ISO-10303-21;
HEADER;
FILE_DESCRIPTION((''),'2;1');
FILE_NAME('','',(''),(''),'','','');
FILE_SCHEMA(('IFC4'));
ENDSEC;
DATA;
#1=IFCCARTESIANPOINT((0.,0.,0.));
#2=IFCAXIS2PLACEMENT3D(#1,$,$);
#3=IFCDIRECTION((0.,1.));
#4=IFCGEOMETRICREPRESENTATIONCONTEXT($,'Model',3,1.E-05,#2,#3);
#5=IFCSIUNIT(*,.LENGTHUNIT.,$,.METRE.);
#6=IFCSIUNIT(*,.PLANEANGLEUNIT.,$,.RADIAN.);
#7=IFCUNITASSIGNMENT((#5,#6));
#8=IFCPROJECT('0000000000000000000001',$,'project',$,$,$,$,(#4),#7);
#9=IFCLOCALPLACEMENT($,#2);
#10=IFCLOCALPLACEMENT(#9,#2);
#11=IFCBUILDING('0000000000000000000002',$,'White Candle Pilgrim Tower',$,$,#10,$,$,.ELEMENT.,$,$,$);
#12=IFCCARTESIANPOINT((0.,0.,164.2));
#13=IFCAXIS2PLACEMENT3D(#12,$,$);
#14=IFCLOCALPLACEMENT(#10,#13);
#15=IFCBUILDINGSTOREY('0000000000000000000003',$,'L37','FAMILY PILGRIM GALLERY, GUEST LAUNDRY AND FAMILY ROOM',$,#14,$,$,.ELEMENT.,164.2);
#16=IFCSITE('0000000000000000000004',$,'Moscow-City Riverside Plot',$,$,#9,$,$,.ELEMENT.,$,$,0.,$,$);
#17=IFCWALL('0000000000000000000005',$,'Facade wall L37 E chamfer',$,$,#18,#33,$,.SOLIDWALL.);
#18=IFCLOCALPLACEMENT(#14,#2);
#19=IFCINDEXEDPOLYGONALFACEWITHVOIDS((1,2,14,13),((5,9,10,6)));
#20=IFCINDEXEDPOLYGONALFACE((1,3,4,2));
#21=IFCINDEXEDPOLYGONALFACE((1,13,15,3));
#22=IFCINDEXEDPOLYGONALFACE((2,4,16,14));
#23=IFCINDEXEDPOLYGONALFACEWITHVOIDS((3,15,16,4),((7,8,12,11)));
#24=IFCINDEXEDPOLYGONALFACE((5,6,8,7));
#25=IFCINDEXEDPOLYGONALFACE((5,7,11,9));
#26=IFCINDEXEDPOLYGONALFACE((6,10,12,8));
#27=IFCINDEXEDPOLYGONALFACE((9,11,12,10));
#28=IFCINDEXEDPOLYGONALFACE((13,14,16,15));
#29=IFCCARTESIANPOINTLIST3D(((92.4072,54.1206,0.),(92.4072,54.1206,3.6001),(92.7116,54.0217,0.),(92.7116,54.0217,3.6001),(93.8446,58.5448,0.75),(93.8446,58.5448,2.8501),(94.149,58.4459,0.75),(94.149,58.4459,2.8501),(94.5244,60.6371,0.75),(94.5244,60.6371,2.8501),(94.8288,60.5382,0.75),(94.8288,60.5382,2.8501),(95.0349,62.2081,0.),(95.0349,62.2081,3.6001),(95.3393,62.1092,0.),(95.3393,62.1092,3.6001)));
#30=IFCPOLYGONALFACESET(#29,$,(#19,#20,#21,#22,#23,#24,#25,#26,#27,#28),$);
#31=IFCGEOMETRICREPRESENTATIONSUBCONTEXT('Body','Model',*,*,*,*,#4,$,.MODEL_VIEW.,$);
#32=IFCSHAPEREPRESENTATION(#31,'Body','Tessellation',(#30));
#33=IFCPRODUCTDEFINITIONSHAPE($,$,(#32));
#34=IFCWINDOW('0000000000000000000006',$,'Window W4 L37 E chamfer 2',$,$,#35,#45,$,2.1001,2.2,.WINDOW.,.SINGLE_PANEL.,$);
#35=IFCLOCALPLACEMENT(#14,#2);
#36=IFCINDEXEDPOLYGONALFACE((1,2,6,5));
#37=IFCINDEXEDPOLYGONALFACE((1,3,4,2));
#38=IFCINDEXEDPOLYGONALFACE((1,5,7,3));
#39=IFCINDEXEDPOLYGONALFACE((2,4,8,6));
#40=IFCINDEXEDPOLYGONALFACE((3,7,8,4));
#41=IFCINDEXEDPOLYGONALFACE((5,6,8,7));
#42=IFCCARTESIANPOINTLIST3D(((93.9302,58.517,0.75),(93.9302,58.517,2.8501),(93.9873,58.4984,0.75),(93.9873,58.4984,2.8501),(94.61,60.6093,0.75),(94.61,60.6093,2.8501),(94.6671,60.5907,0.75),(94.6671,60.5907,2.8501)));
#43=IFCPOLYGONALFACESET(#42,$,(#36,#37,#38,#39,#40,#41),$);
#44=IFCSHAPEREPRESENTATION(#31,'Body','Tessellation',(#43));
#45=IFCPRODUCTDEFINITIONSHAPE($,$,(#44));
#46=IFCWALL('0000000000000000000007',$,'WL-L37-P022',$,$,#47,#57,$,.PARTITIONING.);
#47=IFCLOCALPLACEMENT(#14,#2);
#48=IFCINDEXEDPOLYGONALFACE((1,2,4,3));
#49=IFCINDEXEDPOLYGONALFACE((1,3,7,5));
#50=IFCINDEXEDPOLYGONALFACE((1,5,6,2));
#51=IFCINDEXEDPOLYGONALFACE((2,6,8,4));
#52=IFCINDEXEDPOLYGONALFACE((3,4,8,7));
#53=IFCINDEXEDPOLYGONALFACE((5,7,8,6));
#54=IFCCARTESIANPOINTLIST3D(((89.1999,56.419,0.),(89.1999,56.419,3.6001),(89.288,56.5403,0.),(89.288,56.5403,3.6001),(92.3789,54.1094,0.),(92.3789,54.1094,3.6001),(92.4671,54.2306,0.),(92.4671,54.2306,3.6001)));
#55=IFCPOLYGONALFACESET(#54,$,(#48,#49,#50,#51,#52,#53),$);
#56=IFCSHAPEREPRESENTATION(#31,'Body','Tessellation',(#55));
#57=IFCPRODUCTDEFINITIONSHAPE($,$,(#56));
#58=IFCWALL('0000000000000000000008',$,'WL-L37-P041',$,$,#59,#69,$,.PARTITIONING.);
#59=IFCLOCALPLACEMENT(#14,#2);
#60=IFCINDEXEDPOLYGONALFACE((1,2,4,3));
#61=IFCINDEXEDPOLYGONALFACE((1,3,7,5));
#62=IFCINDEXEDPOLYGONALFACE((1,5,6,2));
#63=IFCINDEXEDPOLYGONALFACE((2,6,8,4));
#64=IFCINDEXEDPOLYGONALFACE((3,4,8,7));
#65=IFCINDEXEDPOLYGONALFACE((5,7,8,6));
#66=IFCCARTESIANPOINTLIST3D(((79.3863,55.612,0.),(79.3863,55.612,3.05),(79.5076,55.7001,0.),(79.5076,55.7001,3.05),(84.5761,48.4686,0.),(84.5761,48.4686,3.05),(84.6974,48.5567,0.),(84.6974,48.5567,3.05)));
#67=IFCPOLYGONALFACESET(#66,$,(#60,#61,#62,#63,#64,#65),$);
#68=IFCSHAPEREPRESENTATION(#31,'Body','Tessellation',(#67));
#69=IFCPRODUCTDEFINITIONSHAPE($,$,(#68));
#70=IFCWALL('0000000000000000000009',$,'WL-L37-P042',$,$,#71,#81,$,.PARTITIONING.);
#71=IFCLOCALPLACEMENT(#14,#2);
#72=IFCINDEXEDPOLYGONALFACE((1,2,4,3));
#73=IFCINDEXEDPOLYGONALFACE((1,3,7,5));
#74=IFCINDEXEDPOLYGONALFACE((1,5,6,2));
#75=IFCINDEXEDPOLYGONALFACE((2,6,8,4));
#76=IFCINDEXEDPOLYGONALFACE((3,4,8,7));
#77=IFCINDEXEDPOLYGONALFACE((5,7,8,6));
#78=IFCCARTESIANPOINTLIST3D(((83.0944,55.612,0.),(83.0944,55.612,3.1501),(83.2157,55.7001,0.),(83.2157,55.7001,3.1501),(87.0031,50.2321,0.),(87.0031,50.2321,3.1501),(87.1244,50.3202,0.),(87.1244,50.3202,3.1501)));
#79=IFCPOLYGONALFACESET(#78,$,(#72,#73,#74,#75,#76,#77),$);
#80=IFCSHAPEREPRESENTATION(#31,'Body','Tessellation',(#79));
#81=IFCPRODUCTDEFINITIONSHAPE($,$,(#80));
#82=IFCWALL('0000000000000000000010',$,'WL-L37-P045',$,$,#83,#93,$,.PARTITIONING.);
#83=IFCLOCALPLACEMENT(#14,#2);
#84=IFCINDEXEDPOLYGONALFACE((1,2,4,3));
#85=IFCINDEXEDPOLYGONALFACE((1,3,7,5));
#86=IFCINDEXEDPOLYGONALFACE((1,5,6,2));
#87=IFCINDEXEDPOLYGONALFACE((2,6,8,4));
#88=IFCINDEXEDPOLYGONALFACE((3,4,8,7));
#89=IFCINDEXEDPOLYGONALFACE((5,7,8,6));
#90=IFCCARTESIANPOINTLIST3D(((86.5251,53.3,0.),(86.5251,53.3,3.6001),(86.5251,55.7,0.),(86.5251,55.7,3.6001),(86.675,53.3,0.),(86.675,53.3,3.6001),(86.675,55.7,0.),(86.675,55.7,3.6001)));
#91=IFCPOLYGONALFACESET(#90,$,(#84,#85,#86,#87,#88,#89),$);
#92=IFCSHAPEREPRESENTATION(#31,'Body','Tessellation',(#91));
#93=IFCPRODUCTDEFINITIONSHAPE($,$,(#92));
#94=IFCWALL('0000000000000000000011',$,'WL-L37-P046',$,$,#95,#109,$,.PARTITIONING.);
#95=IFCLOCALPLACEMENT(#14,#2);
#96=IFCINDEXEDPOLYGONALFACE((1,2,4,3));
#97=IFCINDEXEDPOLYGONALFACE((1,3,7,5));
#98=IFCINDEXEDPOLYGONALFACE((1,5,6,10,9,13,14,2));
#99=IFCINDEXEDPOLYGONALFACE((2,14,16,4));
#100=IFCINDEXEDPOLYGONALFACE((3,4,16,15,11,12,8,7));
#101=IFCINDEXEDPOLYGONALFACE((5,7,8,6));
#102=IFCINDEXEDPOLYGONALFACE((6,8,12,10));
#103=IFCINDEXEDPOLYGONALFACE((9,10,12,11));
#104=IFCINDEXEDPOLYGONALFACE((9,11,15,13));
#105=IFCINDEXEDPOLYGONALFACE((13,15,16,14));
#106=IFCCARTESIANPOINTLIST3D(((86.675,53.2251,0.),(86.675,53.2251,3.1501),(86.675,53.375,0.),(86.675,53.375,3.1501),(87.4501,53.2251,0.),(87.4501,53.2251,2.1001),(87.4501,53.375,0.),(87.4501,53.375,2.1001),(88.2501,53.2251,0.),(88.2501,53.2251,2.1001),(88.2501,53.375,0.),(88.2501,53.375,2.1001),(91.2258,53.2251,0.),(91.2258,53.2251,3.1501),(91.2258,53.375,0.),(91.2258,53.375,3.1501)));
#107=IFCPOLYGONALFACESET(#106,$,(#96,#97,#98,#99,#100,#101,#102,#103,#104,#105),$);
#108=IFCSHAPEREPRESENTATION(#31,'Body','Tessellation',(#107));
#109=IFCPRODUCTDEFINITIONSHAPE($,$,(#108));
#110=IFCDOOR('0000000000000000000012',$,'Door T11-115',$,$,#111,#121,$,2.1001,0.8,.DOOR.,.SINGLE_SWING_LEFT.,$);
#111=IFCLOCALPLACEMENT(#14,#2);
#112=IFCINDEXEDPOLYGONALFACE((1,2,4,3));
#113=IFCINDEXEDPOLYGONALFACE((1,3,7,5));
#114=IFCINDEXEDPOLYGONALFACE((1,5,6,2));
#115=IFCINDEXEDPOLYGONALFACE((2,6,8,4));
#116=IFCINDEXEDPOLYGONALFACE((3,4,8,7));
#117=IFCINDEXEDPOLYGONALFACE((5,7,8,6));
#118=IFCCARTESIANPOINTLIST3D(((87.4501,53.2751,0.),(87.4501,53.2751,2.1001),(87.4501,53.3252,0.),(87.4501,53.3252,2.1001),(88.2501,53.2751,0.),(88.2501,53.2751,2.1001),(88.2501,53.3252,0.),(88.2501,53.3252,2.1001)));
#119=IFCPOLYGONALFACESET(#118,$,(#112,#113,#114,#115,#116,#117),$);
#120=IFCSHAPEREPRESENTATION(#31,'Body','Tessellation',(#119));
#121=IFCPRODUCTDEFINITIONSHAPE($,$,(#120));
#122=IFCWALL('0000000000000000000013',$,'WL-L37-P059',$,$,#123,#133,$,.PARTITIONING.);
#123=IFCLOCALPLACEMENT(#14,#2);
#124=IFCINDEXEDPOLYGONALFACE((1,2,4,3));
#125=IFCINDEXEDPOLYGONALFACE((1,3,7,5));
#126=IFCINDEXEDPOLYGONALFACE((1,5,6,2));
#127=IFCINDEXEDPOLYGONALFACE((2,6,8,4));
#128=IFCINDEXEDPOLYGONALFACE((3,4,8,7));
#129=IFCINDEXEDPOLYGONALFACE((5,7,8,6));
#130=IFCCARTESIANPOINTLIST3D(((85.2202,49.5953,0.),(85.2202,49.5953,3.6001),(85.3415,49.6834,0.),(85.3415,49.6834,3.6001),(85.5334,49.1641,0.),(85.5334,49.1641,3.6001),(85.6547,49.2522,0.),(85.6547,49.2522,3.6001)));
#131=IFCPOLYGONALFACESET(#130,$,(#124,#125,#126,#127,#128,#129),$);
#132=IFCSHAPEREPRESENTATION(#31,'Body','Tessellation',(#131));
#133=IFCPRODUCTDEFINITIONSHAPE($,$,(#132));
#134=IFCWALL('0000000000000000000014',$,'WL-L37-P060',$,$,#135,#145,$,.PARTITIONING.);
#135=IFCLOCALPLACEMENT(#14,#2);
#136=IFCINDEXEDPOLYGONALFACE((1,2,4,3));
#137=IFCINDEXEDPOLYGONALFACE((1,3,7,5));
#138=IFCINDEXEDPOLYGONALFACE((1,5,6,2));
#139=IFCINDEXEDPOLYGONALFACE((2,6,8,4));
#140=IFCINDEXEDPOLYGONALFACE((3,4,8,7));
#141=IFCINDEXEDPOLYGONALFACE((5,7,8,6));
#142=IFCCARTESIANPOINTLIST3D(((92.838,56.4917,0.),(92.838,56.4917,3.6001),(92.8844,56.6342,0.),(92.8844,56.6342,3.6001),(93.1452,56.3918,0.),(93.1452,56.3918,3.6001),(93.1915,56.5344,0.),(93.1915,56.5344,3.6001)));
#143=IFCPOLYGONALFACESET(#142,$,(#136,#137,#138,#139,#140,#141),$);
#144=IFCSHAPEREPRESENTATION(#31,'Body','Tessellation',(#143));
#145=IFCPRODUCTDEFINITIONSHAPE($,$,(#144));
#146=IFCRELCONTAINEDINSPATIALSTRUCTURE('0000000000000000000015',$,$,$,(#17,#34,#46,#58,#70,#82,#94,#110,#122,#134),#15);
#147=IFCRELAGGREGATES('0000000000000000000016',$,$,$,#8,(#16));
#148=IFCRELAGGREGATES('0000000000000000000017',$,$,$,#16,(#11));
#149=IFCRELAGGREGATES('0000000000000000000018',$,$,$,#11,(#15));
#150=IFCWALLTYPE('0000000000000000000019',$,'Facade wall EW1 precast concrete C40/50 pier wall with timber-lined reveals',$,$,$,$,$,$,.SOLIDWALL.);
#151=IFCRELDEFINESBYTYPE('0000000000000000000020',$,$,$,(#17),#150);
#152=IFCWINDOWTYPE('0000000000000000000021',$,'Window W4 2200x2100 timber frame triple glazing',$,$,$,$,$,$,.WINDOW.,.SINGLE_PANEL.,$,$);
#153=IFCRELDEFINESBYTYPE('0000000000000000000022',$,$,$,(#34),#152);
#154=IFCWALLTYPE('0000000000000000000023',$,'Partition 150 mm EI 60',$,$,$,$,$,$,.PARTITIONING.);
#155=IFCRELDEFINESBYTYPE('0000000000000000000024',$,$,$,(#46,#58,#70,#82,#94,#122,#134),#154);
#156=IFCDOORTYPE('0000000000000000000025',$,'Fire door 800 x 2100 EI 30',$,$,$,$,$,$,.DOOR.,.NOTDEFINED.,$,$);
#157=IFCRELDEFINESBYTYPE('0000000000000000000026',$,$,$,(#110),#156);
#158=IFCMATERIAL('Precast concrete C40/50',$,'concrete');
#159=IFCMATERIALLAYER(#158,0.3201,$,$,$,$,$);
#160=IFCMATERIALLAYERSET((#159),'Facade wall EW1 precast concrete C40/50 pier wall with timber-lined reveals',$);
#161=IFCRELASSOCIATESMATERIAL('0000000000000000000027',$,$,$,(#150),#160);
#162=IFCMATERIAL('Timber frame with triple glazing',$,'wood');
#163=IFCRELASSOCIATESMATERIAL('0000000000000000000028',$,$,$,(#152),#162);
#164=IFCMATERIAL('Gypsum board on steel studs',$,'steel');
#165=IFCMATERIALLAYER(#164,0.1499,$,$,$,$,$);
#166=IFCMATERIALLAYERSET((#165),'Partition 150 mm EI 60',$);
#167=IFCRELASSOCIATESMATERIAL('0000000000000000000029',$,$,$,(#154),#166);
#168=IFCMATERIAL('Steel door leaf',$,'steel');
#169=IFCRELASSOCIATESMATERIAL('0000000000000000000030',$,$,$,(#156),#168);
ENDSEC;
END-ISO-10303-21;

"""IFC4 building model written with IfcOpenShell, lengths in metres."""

from ifc_helpers import new_model, si_unit, direction, frame, frame_2d, origin, place, context, subcontext, project, spatial, rectangle, extrude, material, layer, layer_set, type_object, element, fill, save


model = new_model("IFC4")

# Units and contexts
model_context = context("Model", 3, precision=1e-05, world=origin(), true_north=direction((0.0, 1.0)))
body_context = subcontext(model_context, "Body", "Model", "MODEL_VIEW")
ifc_project = project(units=[si_unit("LENGTHUNIT", "METRE"), si_unit("PLANEANGLEUNIT", "RADIAN")], contexts=[model_context])

# Site, building, storey
site_placement = place(None, origin())
site = spatial("IfcSite", under=ifc_project, at=site_placement, Name="Moscow-City Riverside Plot", CompositionType="ELEMENT", RefElevation=0.0)
building_placement = place(site_placement, origin())
building = spatial("IfcBuilding", under=site, at=building_placement, Name="White Candle Pilgrim Tower", CompositionType="ELEMENT")
storey_placement = place(building_placement, frame((0.0, 0.0, 164.2)))
storey = spatial("IfcBuildingStorey", under=building, at=storey_placement, Name="L37", Description="FAMILY PILGRIM GALLERY, GUEST LAUNDRY AND FAMILY ROOM", CompositionType="ELEMENT", Elevation=164.2)

# Shared definitions
ifc_material_1 = material(Name="Gypsum board on steel studs", Category="steel")
ifc_material_2 = material(Name="Steel door leaf", Category="steel")

# Wall, opening, window
ifc_material_3 = material(Name="Precast concrete C40/50", Category="concrete")
ifc_layer_1 = layer(ifc_material_3, 0.3201)
ifc_layer_set_1 = layer_set([ifc_layer_1], Name="Facade wall EW1 precast concrete C40/50 pier wall with timber-lined reveals")
wall_type_1 = type_object("IfcWallType", Name="Facade wall EW1 precast concrete C40/50 pier wall with timber-lined reveals", PredefinedType="SOLIDWALL", material=ifc_layer_set_1)
wall_1_placement = place(storey_placement, frame((92.5593, 54.071, 0.0), z_axis=(0.0, 0.0, 1.0), x_axis=(0.309009, 0.951059, 0.0)))
wall_1 = element("IfcWall", 1, at=wall_1_placement, inside=storey, type_object=wall_type_1, Name="Facade wall L37 E chamfer", PredefinedType="SOLIDWALL", context=body_context, shape_type="SweptSolid", body=[
    extrude(rectangle(XDim=8.5037, YDim=0.3201, at=frame_2d((4.252, 0.0))), origin(), (0.0, 0.0, 1.0), 3.6001),
])
opening_1_placement = place(wall_1_placement, frame((4.6519, 0.0, 0.75)))
opening_1 = element("IfcOpeningElement", 2, at=opening_1_placement, cuts=wall_1, PredefinedType="OPENING", context=body_context, shape_type="SweptSolid", body=[
    extrude(rectangle(XDim=2.2, YDim=2.1001, at=frame_2d((1.1001, 1.05))), frame((0.0, 0.1699, 0.0), z_axis=(0.0, -1.0, 0.0), x_axis=(1.0, 0.0, 0.0)), (0.0, 0.0, 1.0), 0.3401),
])
ifc_material_4 = material(Name="Timber frame with triple glazing", Category="wood")
window_type = type_object("IfcWindowType", Name="Window W4 2200x2100 timber frame triple glazing", PartitioningType="SINGLE_PANEL", PredefinedType="WINDOW", material=ifc_material_4)
window_placement = place(opening_1_placement, origin())
window = element("IfcWindow", 3, at=window_placement, inside=storey, type_object=window_type, Name="Window W4 L37 E chamfer 2", OverallHeight=2.1001, OverallWidth=2.2, PartitioningType="SINGLE_PANEL", PredefinedType="WINDOW", context=body_context, shape_type="SweptSolid", body=[
    extrude(rectangle(XDim=2.2, YDim=2.1001, at=frame_2d((1.1001, 1.05))), frame((0.0, 0.0701, 0.0), z_axis=(0.0, -1.0, 0.0), x_axis=(1.0, 0.0, 0.0)), (0.0, 0.0, 1.0), 0.0601),
])
fill(opening_1, window)

# Walls
ifc_layer_2 = layer(ifc_material_1, 0.1499)
ifc_layer_set_2 = layer_set([ifc_layer_2], Name="Partition 150 mm EI 60")
wall_type_2 = type_object("IfcWallType", Name="Partition 150 mm EI 60", PredefinedType="PARTITIONING", material=ifc_layer_set_2)
wall_2_placement = place(storey_placement, frame((92.4231, 54.1699, 0.0), z_axis=(0.0, 0.0, 1.0), x_axis=(-0.809026, 0.587773, 0.0)))
element("IfcWall", 4, at=wall_2_placement, inside=storey, type_object=wall_type_2, Name="WL-L37-P022", PredefinedType="PARTITIONING", context=body_context, shape_type="SweptSolid", body=[
    extrude(rectangle(XDim=3.9294, YDim=0.1499, at=frame_2d((1.9648, 0.0))), origin(), (0.0, 0.0, 1.0), 3.6001),
])
wall_3_placement = place(storey_placement, frame((84.6367, 48.5127, 0.0), z_axis=(0.0, 0.0, 1.0), x_axis=(-0.587769, 0.809029, 0.0)))
element("IfcWall", 5, at=wall_3_placement, inside=storey, type_object=wall_type_2, Name="WL-L37-P041", PredefinedType="PARTITIONING", context=body_context, shape_type="SweptSolid", body=[
    extrude(rectangle(XDim=8.8296, YDim=0.1499, at=frame_2d((4.4148, 0.0))), origin(), (0.0, 0.0, 1.0), 3.05),
])
wall_4_placement = place(storey_placement, frame((87.0637, 50.2761, 0.0), z_axis=(0.0, 0.0, 1.0), x_axis=(-0.587783, 0.809019, 0.0)))
element("IfcWall", 6, at=wall_4_placement, inside=storey, type_object=wall_type_2, Name="WL-L37-P042", PredefinedType="PARTITIONING", context=body_context, shape_type="SweptSolid", body=[
    extrude(rectangle(XDim=6.6499, YDim=0.1499, at=frame_2d((3.325, 0.0))), origin(), (0.0, 0.0, 1.0), 3.1501),
])
wall_5_placement = place(storey_placement, frame((86.6001, 55.7, 0.0), z_axis=(0.0, 0.0, 1.0), x_axis=(0.0, -1.0, 0.0)))
element("IfcWall", 7, at=wall_5_placement, inside=storey, type_object=wall_type_2, Name="WL-L37-P045", PredefinedType="PARTITIONING", context=body_context, shape_type="SweptSolid", body=[
    extrude(rectangle(XDim=2.3999, YDim=0.1499, at=frame_2d((1.2, 0.0))), origin(), (0.0, 0.0, 1.0), 3.6001),
])

# Wall, opening, door
wall_6_placement = place(storey_placement, frame((91.2258, 53.3, 0.0), z_axis=(0.0, 0.0, 1.0), x_axis=(-1.0, 0.0, 0.0)))
wall_6 = element("IfcWall", 8, at=wall_6_placement, inside=storey, type_object=wall_type_2, Name="WL-L37-P046", PredefinedType="PARTITIONING", context=body_context, shape_type="SweptSolid", body=[
    extrude(rectangle(XDim=4.5508, YDim=0.1499, at=frame_2d((2.2754, 0.0))), origin(), (0.0, 0.0, 1.0), 3.1501),
])
opening_2_placement = place(wall_6_placement, frame((2.9758, 0.0, 0.0)))
opening_2 = element("IfcOpeningElement", 9, at=opening_2_placement, cuts=wall_6, PredefinedType="OPENING", context=body_context, shape_type="SweptSolid", body=[
    extrude(rectangle(XDim=0.8, YDim=2.1001, at=frame_2d((0.3999, 1.05))), frame((0.0, 0.085, 0.0), z_axis=(0.0, -1.0, 0.0), x_axis=(1.0, 0.0, 0.0)), (0.0, 0.0, 1.0), 0.1699),
])
door_type_1 = type_object("IfcDoorType", Name="Fire door 800 x 2100 EI 30", OperationType="NOTDEFINED", PredefinedType="DOOR", material=ifc_material_2)
door_1_placement = place(opening_2_placement, origin())
door_1 = element("IfcDoor", 10, at=door_1_placement, inside=storey, type_object=door_type_1, Name="Door T11-115", OperationType="SINGLE_SWING_LEFT", OverallHeight=2.1001, OverallWidth=0.8, PredefinedType="DOOR", context=body_context, shape_type="SweptSolid", body=[
    extrude(rectangle(XDim=0.8, YDim=2.1001, at=frame_2d((0.3999, 1.05))), frame((0.0, 0.0249, 0.0), z_axis=(0.0, -1.0, 0.0), x_axis=(1.0, 0.0, 0.0)), (0.0, 0.0, 1.0), 0.05),
])
fill(opening_2, door_1)

# Walls
wall_7_placement = place(storey_placement, frame((85.2808, 49.6394, 0.0), z_axis=(0.0, 0.0, 1.0), x_axis=(0.587763, -0.809033, 0.0)))
element("IfcWall", 11, at=wall_7_placement, inside=storey, type_object=wall_type_2, Name="WL-L37-P059", PredefinedType="PARTITIONING", context=body_context, shape_type="SweptSolid", body=[
    extrude(rectangle(XDim=0.533, YDim=0.1499, at=frame_2d((0.2666, 0.0))), origin(), (0.0, 0.0, 1.0), 3.6001),
])
wall_8_placement = place(storey_placement, frame((92.8611, 56.563, 0.0), z_axis=(0.0, 0.0, 1.0), x_axis=(0.951001, -0.309189, 0.0)))
element("IfcWall", 12, at=wall_8_placement, inside=storey, type_object=wall_type_2, Name="WL-L37-P060", PredefinedType="PARTITIONING", context=body_context, shape_type="SweptSolid", body=[
    extrude(rectangle(XDim=0.323, YDim=0.1499, at=frame_2d((0.1616, 0.0))), origin(), (0.0, 0.0, 1.0), 3.6001),
])

save(model, "model.ifc")
